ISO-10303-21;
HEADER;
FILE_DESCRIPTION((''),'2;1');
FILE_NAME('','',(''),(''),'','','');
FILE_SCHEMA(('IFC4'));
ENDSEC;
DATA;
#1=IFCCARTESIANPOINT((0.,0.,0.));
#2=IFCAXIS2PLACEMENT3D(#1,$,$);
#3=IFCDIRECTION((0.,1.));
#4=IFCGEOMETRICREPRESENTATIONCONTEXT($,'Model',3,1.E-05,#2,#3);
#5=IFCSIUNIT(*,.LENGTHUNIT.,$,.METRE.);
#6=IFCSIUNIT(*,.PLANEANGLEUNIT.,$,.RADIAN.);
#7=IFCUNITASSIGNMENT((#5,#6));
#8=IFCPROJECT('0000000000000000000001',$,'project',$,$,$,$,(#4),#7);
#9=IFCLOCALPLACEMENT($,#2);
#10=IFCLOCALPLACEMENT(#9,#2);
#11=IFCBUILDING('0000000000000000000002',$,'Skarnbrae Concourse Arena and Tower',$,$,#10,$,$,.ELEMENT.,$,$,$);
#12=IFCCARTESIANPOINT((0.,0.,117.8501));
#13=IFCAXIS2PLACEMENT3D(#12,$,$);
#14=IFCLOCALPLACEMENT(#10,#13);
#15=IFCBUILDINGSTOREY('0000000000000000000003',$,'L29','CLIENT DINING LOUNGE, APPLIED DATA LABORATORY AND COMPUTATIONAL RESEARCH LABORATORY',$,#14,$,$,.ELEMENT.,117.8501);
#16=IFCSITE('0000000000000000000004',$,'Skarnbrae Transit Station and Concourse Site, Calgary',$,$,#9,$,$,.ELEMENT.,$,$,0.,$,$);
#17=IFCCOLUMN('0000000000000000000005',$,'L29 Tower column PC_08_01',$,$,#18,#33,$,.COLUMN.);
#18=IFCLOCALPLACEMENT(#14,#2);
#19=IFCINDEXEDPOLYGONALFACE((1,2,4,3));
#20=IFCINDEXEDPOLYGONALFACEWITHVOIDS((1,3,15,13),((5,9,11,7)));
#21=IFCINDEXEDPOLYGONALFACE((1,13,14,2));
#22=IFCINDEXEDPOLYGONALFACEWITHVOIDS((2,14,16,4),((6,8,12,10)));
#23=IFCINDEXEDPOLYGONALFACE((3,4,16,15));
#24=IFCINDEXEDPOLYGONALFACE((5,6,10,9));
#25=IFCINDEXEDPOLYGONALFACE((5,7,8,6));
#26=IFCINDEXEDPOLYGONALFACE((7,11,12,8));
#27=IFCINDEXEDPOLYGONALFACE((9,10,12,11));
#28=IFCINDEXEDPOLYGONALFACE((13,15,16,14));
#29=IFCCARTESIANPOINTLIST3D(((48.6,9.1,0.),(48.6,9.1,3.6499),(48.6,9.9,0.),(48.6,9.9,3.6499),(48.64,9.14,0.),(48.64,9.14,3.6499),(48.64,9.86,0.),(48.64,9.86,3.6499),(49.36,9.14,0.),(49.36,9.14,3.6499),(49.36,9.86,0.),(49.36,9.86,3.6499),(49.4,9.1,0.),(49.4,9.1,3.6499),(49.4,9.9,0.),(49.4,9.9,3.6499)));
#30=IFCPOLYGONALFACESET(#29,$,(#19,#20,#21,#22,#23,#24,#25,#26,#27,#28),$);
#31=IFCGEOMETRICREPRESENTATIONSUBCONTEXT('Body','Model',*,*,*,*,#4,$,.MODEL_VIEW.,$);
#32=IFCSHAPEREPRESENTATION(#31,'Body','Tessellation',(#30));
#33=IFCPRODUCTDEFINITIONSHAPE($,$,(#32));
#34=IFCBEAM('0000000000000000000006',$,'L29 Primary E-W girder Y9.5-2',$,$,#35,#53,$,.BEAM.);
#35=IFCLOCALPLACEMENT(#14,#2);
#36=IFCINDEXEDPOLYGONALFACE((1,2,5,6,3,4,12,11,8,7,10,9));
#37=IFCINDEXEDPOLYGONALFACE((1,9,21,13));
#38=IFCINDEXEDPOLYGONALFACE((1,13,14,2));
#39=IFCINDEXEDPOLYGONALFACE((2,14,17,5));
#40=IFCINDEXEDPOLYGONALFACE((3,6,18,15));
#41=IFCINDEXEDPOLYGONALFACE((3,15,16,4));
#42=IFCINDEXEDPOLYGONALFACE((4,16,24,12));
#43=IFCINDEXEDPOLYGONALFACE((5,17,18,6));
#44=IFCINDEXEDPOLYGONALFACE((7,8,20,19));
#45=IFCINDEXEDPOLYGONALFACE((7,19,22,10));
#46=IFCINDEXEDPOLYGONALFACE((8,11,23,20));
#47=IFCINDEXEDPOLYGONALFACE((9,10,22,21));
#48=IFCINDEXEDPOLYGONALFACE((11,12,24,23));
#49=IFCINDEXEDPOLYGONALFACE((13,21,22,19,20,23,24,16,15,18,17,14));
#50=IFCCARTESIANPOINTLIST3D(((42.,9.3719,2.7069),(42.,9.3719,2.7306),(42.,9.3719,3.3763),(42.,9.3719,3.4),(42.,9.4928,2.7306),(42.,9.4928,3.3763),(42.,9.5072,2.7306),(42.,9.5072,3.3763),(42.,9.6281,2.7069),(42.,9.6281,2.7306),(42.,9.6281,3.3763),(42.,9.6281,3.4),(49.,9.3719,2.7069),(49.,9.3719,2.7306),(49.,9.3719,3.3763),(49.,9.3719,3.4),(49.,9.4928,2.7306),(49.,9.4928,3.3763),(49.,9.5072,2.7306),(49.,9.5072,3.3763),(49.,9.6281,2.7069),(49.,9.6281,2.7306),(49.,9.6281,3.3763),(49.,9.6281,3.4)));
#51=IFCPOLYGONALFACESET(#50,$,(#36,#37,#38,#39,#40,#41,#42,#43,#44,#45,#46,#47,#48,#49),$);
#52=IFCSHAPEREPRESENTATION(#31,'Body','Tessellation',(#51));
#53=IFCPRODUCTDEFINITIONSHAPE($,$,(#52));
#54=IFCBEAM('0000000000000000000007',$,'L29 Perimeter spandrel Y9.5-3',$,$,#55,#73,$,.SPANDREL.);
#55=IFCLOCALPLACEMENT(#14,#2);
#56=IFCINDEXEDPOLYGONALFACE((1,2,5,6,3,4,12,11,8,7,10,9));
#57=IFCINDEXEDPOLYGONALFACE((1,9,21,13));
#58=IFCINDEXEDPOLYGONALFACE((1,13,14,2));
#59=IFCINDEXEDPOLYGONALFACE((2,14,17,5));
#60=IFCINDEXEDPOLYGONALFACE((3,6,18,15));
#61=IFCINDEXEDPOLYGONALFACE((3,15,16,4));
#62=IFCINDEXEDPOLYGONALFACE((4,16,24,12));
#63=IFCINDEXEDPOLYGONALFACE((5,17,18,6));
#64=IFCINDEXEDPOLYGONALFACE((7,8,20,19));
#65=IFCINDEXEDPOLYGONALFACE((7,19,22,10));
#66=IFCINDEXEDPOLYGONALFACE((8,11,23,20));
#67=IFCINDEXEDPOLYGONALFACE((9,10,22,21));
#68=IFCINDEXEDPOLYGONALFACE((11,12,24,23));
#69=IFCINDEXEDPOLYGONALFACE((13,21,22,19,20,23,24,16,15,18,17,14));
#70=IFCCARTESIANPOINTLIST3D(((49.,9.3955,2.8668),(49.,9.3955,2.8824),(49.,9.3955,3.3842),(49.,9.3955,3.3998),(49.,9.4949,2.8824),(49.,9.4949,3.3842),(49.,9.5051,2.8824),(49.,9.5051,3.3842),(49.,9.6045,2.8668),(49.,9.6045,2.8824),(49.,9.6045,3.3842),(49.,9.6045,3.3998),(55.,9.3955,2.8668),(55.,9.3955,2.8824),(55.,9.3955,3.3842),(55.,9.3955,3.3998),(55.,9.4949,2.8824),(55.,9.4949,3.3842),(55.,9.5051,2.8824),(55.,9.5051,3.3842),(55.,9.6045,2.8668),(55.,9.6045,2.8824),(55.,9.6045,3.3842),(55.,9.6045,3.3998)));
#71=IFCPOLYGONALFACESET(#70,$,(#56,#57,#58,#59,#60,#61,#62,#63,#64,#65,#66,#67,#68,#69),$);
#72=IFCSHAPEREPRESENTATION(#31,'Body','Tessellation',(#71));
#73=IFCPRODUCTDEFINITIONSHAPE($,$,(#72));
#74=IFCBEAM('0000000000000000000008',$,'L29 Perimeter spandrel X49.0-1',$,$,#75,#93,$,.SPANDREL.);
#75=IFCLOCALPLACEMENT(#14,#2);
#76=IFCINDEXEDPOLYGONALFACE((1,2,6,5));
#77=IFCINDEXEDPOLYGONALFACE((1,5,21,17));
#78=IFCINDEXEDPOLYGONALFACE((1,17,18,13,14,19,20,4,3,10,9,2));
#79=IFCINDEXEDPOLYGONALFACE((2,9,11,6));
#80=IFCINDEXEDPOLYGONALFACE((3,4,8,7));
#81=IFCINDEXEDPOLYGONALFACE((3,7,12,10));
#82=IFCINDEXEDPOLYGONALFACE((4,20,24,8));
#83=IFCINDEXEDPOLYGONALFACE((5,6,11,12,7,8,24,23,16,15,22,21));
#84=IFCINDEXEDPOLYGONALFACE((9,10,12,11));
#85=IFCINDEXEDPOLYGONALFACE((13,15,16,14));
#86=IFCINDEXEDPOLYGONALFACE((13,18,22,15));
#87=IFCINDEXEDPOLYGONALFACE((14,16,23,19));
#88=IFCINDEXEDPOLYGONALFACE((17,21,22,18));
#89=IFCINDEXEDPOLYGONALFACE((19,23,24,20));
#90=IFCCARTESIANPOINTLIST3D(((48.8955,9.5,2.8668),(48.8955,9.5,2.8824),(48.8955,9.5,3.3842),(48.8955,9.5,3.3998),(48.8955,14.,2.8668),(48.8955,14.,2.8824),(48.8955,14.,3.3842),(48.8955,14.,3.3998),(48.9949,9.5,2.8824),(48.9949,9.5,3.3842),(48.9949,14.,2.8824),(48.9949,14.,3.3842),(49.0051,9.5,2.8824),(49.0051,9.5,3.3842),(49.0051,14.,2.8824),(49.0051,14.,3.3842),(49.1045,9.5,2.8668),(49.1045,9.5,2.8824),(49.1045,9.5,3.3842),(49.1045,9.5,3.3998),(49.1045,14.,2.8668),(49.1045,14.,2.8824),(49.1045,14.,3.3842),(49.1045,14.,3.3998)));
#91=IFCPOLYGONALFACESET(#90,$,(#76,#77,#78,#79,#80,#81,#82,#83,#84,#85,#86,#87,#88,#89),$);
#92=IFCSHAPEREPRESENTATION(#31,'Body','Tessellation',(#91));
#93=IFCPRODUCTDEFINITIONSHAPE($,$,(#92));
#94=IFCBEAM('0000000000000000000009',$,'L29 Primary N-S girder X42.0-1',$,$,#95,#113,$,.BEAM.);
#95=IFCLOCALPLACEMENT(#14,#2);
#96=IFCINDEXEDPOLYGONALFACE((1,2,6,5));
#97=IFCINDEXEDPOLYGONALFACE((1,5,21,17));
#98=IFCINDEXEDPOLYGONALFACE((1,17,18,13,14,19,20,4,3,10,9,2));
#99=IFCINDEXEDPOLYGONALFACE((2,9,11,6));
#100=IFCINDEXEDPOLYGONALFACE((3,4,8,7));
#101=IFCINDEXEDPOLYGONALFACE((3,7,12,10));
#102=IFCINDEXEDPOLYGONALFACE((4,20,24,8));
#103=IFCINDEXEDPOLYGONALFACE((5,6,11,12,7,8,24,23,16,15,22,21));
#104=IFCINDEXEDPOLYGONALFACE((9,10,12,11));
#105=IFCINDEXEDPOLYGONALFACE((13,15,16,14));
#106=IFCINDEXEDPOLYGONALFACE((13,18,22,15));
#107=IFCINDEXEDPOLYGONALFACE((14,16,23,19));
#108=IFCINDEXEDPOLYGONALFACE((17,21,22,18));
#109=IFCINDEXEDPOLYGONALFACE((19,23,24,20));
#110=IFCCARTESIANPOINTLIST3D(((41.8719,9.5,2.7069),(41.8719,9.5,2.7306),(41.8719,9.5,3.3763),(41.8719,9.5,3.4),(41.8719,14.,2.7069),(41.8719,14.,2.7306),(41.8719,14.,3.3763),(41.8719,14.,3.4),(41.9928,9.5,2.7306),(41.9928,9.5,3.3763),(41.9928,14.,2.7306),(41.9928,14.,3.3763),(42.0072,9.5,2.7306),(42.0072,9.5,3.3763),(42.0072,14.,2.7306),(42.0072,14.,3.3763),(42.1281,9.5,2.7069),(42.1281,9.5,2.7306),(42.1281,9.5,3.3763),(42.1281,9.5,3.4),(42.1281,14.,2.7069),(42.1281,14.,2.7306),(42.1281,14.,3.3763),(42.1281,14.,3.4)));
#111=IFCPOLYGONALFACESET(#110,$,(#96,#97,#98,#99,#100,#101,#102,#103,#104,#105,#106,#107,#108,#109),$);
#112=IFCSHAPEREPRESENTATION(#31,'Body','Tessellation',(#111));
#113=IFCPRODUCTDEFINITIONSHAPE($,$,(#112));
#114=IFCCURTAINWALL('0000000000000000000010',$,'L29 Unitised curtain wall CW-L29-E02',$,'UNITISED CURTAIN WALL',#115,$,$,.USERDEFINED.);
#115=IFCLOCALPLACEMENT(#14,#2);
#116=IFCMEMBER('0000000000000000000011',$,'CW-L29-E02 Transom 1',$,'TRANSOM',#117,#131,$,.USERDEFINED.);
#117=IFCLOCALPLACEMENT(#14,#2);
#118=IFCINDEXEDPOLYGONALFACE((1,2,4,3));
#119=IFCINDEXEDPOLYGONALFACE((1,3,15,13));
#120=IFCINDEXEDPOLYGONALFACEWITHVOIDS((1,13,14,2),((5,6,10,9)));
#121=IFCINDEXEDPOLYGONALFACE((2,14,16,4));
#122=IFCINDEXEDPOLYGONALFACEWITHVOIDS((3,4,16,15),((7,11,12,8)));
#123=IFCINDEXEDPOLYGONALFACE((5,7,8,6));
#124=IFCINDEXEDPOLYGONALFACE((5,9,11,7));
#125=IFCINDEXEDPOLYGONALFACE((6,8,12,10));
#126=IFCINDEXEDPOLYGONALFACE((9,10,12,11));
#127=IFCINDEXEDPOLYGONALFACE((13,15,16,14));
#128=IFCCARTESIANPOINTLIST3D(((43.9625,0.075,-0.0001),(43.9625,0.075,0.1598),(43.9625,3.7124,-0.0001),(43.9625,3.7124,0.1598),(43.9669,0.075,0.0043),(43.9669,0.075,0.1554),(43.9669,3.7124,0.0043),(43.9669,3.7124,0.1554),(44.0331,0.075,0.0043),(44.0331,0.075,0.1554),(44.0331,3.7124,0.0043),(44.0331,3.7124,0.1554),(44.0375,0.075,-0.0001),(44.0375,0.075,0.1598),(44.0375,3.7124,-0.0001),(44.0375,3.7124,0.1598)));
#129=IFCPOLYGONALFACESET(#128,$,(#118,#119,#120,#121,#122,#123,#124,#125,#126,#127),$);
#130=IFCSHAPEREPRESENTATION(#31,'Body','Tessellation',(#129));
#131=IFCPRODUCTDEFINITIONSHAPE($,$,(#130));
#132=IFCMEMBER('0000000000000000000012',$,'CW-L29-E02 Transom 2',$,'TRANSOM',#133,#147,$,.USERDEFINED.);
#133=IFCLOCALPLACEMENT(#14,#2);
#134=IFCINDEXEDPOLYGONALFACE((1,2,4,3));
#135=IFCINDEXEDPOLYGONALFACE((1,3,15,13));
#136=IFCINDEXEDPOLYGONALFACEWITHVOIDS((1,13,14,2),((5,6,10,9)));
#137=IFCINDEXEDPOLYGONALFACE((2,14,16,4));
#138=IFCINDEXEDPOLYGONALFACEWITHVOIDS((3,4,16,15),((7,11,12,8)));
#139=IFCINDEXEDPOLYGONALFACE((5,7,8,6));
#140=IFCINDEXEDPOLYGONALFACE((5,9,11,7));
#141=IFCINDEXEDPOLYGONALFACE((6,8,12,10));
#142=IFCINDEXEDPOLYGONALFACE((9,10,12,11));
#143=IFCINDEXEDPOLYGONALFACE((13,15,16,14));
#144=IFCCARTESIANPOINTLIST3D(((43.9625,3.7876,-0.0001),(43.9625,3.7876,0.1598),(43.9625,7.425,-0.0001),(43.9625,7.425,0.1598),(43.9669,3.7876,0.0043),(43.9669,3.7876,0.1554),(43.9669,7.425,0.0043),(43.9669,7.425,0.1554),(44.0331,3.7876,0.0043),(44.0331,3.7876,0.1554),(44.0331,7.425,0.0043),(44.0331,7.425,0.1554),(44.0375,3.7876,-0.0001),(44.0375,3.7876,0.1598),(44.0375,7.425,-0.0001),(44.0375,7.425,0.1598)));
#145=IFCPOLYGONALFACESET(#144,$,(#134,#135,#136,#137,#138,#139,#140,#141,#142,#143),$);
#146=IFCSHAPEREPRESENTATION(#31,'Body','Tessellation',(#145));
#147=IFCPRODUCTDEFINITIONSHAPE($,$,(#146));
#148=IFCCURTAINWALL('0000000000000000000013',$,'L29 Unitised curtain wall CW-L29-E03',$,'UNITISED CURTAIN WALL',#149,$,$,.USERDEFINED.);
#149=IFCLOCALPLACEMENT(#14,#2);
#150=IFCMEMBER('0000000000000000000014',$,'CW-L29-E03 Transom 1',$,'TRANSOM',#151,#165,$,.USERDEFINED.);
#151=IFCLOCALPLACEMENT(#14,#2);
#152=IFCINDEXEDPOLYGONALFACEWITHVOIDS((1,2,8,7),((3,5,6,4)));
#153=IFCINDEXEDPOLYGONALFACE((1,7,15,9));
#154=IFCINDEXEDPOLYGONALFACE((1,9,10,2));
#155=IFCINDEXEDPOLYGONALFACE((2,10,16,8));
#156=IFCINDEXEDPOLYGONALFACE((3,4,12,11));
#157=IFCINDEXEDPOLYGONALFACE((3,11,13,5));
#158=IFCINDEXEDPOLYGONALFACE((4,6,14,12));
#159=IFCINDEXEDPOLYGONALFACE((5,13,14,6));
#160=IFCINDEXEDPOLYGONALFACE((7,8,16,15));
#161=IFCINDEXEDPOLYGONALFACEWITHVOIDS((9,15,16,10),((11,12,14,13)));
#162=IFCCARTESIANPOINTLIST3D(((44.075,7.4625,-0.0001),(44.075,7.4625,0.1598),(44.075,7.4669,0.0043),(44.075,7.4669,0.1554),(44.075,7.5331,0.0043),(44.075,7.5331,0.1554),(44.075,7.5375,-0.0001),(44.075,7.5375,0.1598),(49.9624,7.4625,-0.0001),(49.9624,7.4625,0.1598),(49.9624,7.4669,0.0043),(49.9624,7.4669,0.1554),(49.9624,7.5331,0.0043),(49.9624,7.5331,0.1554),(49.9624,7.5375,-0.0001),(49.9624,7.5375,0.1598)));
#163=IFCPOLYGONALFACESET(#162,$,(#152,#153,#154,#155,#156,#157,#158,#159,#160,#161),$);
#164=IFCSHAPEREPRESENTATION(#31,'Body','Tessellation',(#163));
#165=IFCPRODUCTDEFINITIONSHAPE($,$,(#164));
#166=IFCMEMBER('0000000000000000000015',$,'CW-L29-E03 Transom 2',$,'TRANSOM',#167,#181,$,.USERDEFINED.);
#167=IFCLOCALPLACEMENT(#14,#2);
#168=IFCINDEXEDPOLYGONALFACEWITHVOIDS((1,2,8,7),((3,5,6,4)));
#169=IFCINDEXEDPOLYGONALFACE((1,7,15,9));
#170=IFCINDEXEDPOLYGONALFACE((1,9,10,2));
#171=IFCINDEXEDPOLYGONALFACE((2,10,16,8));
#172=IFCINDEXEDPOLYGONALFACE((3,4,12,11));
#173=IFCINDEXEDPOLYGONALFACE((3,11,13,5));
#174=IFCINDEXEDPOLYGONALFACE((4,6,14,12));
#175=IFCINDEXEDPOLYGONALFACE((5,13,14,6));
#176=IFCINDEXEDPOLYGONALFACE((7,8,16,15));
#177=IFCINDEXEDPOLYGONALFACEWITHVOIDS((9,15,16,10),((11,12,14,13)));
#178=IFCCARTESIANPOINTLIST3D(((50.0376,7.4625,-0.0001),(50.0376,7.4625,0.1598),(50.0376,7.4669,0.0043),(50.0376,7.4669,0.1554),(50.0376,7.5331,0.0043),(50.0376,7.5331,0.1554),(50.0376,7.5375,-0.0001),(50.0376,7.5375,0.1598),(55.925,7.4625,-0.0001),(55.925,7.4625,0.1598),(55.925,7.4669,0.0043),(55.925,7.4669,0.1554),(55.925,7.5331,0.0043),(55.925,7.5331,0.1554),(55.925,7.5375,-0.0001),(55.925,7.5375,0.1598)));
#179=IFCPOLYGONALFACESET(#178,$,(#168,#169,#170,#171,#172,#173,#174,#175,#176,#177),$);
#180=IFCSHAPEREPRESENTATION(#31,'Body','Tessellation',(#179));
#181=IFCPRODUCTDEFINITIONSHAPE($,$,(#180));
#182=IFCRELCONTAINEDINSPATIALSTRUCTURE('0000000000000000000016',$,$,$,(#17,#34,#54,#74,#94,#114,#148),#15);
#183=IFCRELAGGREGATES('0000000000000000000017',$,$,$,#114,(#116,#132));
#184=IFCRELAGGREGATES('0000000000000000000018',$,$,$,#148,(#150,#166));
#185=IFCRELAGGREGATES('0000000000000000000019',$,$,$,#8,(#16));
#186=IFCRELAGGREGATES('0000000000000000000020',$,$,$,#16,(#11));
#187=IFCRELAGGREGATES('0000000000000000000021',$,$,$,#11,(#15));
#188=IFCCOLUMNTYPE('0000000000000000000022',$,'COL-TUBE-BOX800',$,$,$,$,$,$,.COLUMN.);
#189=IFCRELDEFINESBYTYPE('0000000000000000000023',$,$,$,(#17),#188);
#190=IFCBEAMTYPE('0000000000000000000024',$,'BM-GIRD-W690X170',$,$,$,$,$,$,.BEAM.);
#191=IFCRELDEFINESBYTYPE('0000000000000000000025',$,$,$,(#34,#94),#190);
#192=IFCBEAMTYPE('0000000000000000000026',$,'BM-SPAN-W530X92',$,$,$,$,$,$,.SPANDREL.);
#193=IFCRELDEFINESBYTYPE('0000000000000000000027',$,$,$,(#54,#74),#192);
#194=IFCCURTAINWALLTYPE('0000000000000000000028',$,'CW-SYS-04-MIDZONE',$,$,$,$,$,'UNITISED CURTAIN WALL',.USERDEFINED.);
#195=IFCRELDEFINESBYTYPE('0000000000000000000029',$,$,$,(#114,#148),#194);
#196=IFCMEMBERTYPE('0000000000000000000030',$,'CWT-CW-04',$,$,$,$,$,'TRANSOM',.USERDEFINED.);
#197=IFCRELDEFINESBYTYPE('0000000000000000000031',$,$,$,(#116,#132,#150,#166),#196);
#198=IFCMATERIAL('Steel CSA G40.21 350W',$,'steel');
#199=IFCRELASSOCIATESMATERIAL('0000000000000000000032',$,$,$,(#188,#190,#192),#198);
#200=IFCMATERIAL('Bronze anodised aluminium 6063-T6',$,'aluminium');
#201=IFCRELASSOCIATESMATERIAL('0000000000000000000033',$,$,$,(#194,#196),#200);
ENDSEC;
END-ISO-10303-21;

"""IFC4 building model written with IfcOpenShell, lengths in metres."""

from ifc_helpers import new_model, si_unit, direction, frame, origin, origin_2d, place, context, subcontext, project, spatial, hollow_rectangle, i_section, extrude, source, transform, mapped, material, material_profile, profile_set, type_object, element, aggregate, save


model = new_model("IFC4")

# Units and contexts
model_context = context("Model", 3, precision=1e-05, world=origin(), true_north=direction((0.0, 1.0)))
body_context = subcontext(model_context, "Body", "Model", "MODEL_VIEW")
ifc_project = project(units=[si_unit("LENGTHUNIT", "METRE"), si_unit("PLANEANGLEUNIT", "RADIAN")], contexts=[model_context])

# Site, building, storey
site_placement = place(None, origin())
site = spatial("IfcSite", under=ifc_project, at=site_placement, Name="Skarnbrae Transit Station and Concourse Site, Calgary", CompositionType="ELEMENT", RefElevation=0.0)
building_placement = place(site_placement, origin())
building = spatial("IfcBuilding", under=site, at=building_placement, Name="Skarnbrae Concourse Arena and Tower", CompositionType="ELEMENT")
storey_placement = place(building_placement, frame((0.0, 0.0, 117.8501)))
storey = spatial("IfcBuildingStorey", under=building, at=storey_placement, Name="L29", Description="CLIENT DINING LOUNGE, APPLIED DATA LABORATORY AND COMPUTATIONAL RESEARCH LABORATORY", CompositionType="ELEMENT", Elevation=117.8501)

# Column
ifc_material_1 = material(Name="Steel CSA G40.21 350W", Category="steel")
ifc_material_profile_1 = material_profile(ifc_material_1, hollow_rectangle(XDim=0.8, YDim=0.8, WallThickness=0.04, at=origin_2d()), Name="BOX800X800X40")
ifc_profile_set_1 = profile_set([ifc_material_profile_1], Name="Steel CSA G40.21 350W")
column_type = type_object("IfcColumnType", Name="COL-TUBE-BOX800", PredefinedType="COLUMN", material=ifc_profile_set_1)
shared_shape_1 = source(origin(), body_context, "Body", "SweptSolid", [
    extrude(hollow_rectangle(XDim=0.8, YDim=0.8, WallThickness=0.04, at=origin_2d()), origin(), (0.0, 0.0, 1.0), 3.6499),
])
column_placement = place(storey_placement, frame((49.0, 9.5, 0.0), z_axis=(0.0, 0.0, 1.0), x_axis=(1.0, 0.0, 0.0)))
element("IfcColumn", 1, at=column_placement, inside=storey, type_object=column_type, Name="L29 Tower column PC_08_01", PredefinedType="COLUMN", context=body_context, shape_type="MappedRepresentation", body=[
    mapped(shared_shape_1, transform((0.0, 0.0, 0.0))),
])

# Beams
ifc_material_profile_2 = material_profile(ifc_material_1, i_section(OverallWidth=0.2561, OverallDepth=0.6931, WebThickness=0.0144, FlangeThickness=0.0237, at=origin_2d()), Name="W690X170")
ifc_profile_set_2 = profile_set([ifc_material_profile_2], Name="Steel CSA G40.21 350W")
beam_type_1 = type_object("IfcBeamType", Name="BM-GIRD-W690X170", PredefinedType="BEAM", material=ifc_profile_set_2)
shared_shape_2 = source(origin(), body_context, "Body", "SweptSolid", [
    extrude(i_section(OverallWidth=0.2561, OverallDepth=0.6931, WebThickness=0.0144, FlangeThickness=0.0237, at=origin_2d()), origin(), (0.0, 0.0, 1.0), 7.0),
])
beam_1_placement = place(storey_placement, frame((42.0, 9.5, 3.0535), z_axis=(1.0, 0.0, 0.0), x_axis=(0.0, 1.0, 0.0)))
element("IfcBeam", 2, at=beam_1_placement, inside=storey, type_object=beam_type_1, Name="L29 Primary E-W girder Y9.5-2", PredefinedType="BEAM", context=body_context, shape_type="MappedRepresentation", body=[
    mapped(shared_shape_2, transform((0.0, 0.0, 0.0))),
])
ifc_material_profile_3 = material_profile(ifc_material_1, i_section(OverallWidth=0.209, OverallDepth=0.533, WebThickness=0.0103, FlangeThickness=0.0156, at=origin_2d()), Name="W530X92")
ifc_profile_set_3 = profile_set([ifc_material_profile_3], Name="Steel CSA G40.21 350W")
beam_type_2 = type_object("IfcBeamType", Name="BM-SPAN-W530X92", PredefinedType="SPANDREL", material=ifc_profile_set_3)
shared_shape_3 = source(origin(), body_context, "Body", "SweptSolid", [
    extrude(i_section(OverallWidth=0.209, OverallDepth=0.533, WebThickness=0.0103, FlangeThickness=0.0156, at=origin_2d()), origin(), (0.0, 0.0, 1.0), 6.0),
])
beam_2_placement = place(storey_placement, frame((49.0, 9.5, 3.1333), z_axis=(1.0, 0.0, 0.0), x_axis=(0.0, 1.0, 0.0)))
element("IfcBeam", 3, at=beam_2_placement, inside=storey, type_object=beam_type_2, Name="L29 Perimeter spandrel Y9.5-3", PredefinedType="SPANDREL", context=body_context, shape_type="MappedRepresentation", body=[
    mapped(shared_shape_3, transform((0.0, 0.0, 0.0))),
])
shared_shape_4 = source(origin(), body_context, "Body", "SweptSolid", [
    extrude(i_section(OverallWidth=0.209, OverallDepth=0.533, WebThickness=0.0103, FlangeThickness=0.0156, at=origin_2d()), origin(), (0.0, 0.0, 1.0), 4.5),
])
beam_3_placement = place(storey_placement, frame((49.0, 9.5, 3.1333), z_axis=(0.0, 1.0, 0.0), x_axis=(-1.0, 0.0, 0.0)))
element("IfcBeam", 4, at=beam_3_placement, inside=storey, type_object=beam_type_2, Name="L29 Perimeter spandrel X49.0-1", PredefinedType="SPANDREL", context=body_context, shape_type="MappedRepresentation", body=[
    mapped(shared_shape_4, transform((0.0, 0.0, 0.0))),
])
shared_shape_5 = source(origin(), body_context, "Body", "SweptSolid", [
    extrude(i_section(OverallWidth=0.2561, OverallDepth=0.6931, WebThickness=0.0144, FlangeThickness=0.0237, at=origin_2d()), origin(), (0.0, 0.0, 1.0), 4.5),
])
beam_4_placement = place(storey_placement, frame((42.0, 9.5, 3.0535), z_axis=(0.0, 1.0, 0.0), x_axis=(-1.0, 0.0, 0.0)))
element("IfcBeam", 5, at=beam_4_placement, inside=storey, type_object=beam_type_1, Name="L29 Primary N-S girder X42.0-1", PredefinedType="BEAM", context=body_context, shape_type="MappedRepresentation", body=[
    mapped(shared_shape_5, transform((0.0, 0.0, 0.0))),
])

# Curtain walls, members
ifc_material_2 = material(Name="Bronze anodised aluminium 6063-T6", Category="aluminium")
curtain_wall_type = type_object("IfcCurtainWallType", Name="CW-SYS-04-MIDZONE", ElementType="UNITISED CURTAIN WALL", PredefinedType="USERDEFINED", material=ifc_material_2)
curtain_wall_1_placement = place(storey_placement, origin())
curtain_wall_1 = element("IfcCurtainWall", 6, at=curtain_wall_1_placement, inside=storey, type_object=curtain_wall_type, Name="L29 Unitised curtain wall CW-L29-E02", ObjectType="UNITISED CURTAIN WALL", PredefinedType="USERDEFINED")
ifc_material_profile_4 = material_profile(ifc_material_2, hollow_rectangle(XDim=0.075, YDim=0.1599, WallThickness=0.0044, at=origin_2d()), Name="ALU-TRAN-75X160")
ifc_profile_set_4 = profile_set([ifc_material_profile_4], Name="Bronze anodised aluminium 6063-T6")
member_type_1 = type_object("IfcMemberType", Name="CWT-CW-04", ElementType="TRANSOM", PredefinedType="USERDEFINED", material=ifc_profile_set_4)
shared_shape_6 = source(origin(), body_context, "Body", "SweptSolid", [
    extrude(hollow_rectangle(XDim=0.075, YDim=0.1599, WallThickness=0.0044, at=origin_2d()), origin(), (0.0, 0.0, 1.0), 3.6375),
])
member_1_placement = place(storey_placement, frame((44.0, 0.075, 0.0798), z_axis=(0.0, 1.0, 0.0), x_axis=(-1.0, 0.0, 0.0)))
member_1 = element("IfcMember", 7, at=member_1_placement, type_object=member_type_1, Name="CW-L29-E02 Transom 1", ObjectType="TRANSOM", PredefinedType="USERDEFINED", context=body_context, shape_type="MappedRepresentation", body=[
    mapped(shared_shape_6, transform((0.0, 0.0, 0.0))),
])
member_2_placement = place(storey_placement, frame((44.0, 3.7876, 0.0798), z_axis=(0.0, 1.0, 0.0), x_axis=(-1.0, 0.0, 0.0)))
member_2 = element("IfcMember", 8, at=member_2_placement, type_object=member_type_1, Name="CW-L29-E02 Transom 2", ObjectType="TRANSOM", PredefinedType="USERDEFINED", context=body_context, shape_type="MappedRepresentation", body=[
    mapped(shared_shape_6, transform((0.0, 0.0, 0.0))),
])
curtain_wall_2_placement = place(storey_placement, origin())
curtain_wall_2 = element("IfcCurtainWall", 9, at=curtain_wall_2_placement, inside=storey, type_object=curtain_wall_type, Name="L29 Unitised curtain wall CW-L29-E03", ObjectType="UNITISED CURTAIN WALL", PredefinedType="USERDEFINED")
shared_shape_7 = source(origin(), body_context, "Body", "SweptSolid", [
    extrude(hollow_rectangle(XDim=0.075, YDim=0.1599, WallThickness=0.0044, at=origin_2d()), origin(), (0.0, 0.0, 1.0), 5.8875),
])
member_3_placement = place(storey_placement, frame((44.075, 7.5, 0.0798), z_axis=(1.0, 0.0, 0.0), x_axis=(0.0, 1.0, 0.0)))
member_3 = element("IfcMember", 10, at=member_3_placement, type_object=member_type_1, Name="CW-L29-E03 Transom 1", ObjectType="TRANSOM", PredefinedType="USERDEFINED", context=body_context, shape_type="MappedRepresentation", body=[
    mapped(shared_shape_7, transform((0.0, 0.0, 0.0))),
])
member_4_placement = place(storey_placement, frame((50.0376, 7.5, 0.0798), z_axis=(1.0, 0.0, 0.0), x_axis=(0.0, 1.0, 0.0)))
member_4 = element("IfcMember", 11, at=member_4_placement, type_object=member_type_1, Name="CW-L29-E03 Transom 2", ObjectType="TRANSOM", PredefinedType="USERDEFINED", context=body_context, shape_type="MappedRepresentation", body=[
    mapped(shared_shape_7, transform((0.0, 0.0, 0.0))),
])

aggregate(curtain_wall_1, [member_1, member_2])
aggregate(curtain_wall_2, [member_3, member_4])

save(model, "model.ifc")
